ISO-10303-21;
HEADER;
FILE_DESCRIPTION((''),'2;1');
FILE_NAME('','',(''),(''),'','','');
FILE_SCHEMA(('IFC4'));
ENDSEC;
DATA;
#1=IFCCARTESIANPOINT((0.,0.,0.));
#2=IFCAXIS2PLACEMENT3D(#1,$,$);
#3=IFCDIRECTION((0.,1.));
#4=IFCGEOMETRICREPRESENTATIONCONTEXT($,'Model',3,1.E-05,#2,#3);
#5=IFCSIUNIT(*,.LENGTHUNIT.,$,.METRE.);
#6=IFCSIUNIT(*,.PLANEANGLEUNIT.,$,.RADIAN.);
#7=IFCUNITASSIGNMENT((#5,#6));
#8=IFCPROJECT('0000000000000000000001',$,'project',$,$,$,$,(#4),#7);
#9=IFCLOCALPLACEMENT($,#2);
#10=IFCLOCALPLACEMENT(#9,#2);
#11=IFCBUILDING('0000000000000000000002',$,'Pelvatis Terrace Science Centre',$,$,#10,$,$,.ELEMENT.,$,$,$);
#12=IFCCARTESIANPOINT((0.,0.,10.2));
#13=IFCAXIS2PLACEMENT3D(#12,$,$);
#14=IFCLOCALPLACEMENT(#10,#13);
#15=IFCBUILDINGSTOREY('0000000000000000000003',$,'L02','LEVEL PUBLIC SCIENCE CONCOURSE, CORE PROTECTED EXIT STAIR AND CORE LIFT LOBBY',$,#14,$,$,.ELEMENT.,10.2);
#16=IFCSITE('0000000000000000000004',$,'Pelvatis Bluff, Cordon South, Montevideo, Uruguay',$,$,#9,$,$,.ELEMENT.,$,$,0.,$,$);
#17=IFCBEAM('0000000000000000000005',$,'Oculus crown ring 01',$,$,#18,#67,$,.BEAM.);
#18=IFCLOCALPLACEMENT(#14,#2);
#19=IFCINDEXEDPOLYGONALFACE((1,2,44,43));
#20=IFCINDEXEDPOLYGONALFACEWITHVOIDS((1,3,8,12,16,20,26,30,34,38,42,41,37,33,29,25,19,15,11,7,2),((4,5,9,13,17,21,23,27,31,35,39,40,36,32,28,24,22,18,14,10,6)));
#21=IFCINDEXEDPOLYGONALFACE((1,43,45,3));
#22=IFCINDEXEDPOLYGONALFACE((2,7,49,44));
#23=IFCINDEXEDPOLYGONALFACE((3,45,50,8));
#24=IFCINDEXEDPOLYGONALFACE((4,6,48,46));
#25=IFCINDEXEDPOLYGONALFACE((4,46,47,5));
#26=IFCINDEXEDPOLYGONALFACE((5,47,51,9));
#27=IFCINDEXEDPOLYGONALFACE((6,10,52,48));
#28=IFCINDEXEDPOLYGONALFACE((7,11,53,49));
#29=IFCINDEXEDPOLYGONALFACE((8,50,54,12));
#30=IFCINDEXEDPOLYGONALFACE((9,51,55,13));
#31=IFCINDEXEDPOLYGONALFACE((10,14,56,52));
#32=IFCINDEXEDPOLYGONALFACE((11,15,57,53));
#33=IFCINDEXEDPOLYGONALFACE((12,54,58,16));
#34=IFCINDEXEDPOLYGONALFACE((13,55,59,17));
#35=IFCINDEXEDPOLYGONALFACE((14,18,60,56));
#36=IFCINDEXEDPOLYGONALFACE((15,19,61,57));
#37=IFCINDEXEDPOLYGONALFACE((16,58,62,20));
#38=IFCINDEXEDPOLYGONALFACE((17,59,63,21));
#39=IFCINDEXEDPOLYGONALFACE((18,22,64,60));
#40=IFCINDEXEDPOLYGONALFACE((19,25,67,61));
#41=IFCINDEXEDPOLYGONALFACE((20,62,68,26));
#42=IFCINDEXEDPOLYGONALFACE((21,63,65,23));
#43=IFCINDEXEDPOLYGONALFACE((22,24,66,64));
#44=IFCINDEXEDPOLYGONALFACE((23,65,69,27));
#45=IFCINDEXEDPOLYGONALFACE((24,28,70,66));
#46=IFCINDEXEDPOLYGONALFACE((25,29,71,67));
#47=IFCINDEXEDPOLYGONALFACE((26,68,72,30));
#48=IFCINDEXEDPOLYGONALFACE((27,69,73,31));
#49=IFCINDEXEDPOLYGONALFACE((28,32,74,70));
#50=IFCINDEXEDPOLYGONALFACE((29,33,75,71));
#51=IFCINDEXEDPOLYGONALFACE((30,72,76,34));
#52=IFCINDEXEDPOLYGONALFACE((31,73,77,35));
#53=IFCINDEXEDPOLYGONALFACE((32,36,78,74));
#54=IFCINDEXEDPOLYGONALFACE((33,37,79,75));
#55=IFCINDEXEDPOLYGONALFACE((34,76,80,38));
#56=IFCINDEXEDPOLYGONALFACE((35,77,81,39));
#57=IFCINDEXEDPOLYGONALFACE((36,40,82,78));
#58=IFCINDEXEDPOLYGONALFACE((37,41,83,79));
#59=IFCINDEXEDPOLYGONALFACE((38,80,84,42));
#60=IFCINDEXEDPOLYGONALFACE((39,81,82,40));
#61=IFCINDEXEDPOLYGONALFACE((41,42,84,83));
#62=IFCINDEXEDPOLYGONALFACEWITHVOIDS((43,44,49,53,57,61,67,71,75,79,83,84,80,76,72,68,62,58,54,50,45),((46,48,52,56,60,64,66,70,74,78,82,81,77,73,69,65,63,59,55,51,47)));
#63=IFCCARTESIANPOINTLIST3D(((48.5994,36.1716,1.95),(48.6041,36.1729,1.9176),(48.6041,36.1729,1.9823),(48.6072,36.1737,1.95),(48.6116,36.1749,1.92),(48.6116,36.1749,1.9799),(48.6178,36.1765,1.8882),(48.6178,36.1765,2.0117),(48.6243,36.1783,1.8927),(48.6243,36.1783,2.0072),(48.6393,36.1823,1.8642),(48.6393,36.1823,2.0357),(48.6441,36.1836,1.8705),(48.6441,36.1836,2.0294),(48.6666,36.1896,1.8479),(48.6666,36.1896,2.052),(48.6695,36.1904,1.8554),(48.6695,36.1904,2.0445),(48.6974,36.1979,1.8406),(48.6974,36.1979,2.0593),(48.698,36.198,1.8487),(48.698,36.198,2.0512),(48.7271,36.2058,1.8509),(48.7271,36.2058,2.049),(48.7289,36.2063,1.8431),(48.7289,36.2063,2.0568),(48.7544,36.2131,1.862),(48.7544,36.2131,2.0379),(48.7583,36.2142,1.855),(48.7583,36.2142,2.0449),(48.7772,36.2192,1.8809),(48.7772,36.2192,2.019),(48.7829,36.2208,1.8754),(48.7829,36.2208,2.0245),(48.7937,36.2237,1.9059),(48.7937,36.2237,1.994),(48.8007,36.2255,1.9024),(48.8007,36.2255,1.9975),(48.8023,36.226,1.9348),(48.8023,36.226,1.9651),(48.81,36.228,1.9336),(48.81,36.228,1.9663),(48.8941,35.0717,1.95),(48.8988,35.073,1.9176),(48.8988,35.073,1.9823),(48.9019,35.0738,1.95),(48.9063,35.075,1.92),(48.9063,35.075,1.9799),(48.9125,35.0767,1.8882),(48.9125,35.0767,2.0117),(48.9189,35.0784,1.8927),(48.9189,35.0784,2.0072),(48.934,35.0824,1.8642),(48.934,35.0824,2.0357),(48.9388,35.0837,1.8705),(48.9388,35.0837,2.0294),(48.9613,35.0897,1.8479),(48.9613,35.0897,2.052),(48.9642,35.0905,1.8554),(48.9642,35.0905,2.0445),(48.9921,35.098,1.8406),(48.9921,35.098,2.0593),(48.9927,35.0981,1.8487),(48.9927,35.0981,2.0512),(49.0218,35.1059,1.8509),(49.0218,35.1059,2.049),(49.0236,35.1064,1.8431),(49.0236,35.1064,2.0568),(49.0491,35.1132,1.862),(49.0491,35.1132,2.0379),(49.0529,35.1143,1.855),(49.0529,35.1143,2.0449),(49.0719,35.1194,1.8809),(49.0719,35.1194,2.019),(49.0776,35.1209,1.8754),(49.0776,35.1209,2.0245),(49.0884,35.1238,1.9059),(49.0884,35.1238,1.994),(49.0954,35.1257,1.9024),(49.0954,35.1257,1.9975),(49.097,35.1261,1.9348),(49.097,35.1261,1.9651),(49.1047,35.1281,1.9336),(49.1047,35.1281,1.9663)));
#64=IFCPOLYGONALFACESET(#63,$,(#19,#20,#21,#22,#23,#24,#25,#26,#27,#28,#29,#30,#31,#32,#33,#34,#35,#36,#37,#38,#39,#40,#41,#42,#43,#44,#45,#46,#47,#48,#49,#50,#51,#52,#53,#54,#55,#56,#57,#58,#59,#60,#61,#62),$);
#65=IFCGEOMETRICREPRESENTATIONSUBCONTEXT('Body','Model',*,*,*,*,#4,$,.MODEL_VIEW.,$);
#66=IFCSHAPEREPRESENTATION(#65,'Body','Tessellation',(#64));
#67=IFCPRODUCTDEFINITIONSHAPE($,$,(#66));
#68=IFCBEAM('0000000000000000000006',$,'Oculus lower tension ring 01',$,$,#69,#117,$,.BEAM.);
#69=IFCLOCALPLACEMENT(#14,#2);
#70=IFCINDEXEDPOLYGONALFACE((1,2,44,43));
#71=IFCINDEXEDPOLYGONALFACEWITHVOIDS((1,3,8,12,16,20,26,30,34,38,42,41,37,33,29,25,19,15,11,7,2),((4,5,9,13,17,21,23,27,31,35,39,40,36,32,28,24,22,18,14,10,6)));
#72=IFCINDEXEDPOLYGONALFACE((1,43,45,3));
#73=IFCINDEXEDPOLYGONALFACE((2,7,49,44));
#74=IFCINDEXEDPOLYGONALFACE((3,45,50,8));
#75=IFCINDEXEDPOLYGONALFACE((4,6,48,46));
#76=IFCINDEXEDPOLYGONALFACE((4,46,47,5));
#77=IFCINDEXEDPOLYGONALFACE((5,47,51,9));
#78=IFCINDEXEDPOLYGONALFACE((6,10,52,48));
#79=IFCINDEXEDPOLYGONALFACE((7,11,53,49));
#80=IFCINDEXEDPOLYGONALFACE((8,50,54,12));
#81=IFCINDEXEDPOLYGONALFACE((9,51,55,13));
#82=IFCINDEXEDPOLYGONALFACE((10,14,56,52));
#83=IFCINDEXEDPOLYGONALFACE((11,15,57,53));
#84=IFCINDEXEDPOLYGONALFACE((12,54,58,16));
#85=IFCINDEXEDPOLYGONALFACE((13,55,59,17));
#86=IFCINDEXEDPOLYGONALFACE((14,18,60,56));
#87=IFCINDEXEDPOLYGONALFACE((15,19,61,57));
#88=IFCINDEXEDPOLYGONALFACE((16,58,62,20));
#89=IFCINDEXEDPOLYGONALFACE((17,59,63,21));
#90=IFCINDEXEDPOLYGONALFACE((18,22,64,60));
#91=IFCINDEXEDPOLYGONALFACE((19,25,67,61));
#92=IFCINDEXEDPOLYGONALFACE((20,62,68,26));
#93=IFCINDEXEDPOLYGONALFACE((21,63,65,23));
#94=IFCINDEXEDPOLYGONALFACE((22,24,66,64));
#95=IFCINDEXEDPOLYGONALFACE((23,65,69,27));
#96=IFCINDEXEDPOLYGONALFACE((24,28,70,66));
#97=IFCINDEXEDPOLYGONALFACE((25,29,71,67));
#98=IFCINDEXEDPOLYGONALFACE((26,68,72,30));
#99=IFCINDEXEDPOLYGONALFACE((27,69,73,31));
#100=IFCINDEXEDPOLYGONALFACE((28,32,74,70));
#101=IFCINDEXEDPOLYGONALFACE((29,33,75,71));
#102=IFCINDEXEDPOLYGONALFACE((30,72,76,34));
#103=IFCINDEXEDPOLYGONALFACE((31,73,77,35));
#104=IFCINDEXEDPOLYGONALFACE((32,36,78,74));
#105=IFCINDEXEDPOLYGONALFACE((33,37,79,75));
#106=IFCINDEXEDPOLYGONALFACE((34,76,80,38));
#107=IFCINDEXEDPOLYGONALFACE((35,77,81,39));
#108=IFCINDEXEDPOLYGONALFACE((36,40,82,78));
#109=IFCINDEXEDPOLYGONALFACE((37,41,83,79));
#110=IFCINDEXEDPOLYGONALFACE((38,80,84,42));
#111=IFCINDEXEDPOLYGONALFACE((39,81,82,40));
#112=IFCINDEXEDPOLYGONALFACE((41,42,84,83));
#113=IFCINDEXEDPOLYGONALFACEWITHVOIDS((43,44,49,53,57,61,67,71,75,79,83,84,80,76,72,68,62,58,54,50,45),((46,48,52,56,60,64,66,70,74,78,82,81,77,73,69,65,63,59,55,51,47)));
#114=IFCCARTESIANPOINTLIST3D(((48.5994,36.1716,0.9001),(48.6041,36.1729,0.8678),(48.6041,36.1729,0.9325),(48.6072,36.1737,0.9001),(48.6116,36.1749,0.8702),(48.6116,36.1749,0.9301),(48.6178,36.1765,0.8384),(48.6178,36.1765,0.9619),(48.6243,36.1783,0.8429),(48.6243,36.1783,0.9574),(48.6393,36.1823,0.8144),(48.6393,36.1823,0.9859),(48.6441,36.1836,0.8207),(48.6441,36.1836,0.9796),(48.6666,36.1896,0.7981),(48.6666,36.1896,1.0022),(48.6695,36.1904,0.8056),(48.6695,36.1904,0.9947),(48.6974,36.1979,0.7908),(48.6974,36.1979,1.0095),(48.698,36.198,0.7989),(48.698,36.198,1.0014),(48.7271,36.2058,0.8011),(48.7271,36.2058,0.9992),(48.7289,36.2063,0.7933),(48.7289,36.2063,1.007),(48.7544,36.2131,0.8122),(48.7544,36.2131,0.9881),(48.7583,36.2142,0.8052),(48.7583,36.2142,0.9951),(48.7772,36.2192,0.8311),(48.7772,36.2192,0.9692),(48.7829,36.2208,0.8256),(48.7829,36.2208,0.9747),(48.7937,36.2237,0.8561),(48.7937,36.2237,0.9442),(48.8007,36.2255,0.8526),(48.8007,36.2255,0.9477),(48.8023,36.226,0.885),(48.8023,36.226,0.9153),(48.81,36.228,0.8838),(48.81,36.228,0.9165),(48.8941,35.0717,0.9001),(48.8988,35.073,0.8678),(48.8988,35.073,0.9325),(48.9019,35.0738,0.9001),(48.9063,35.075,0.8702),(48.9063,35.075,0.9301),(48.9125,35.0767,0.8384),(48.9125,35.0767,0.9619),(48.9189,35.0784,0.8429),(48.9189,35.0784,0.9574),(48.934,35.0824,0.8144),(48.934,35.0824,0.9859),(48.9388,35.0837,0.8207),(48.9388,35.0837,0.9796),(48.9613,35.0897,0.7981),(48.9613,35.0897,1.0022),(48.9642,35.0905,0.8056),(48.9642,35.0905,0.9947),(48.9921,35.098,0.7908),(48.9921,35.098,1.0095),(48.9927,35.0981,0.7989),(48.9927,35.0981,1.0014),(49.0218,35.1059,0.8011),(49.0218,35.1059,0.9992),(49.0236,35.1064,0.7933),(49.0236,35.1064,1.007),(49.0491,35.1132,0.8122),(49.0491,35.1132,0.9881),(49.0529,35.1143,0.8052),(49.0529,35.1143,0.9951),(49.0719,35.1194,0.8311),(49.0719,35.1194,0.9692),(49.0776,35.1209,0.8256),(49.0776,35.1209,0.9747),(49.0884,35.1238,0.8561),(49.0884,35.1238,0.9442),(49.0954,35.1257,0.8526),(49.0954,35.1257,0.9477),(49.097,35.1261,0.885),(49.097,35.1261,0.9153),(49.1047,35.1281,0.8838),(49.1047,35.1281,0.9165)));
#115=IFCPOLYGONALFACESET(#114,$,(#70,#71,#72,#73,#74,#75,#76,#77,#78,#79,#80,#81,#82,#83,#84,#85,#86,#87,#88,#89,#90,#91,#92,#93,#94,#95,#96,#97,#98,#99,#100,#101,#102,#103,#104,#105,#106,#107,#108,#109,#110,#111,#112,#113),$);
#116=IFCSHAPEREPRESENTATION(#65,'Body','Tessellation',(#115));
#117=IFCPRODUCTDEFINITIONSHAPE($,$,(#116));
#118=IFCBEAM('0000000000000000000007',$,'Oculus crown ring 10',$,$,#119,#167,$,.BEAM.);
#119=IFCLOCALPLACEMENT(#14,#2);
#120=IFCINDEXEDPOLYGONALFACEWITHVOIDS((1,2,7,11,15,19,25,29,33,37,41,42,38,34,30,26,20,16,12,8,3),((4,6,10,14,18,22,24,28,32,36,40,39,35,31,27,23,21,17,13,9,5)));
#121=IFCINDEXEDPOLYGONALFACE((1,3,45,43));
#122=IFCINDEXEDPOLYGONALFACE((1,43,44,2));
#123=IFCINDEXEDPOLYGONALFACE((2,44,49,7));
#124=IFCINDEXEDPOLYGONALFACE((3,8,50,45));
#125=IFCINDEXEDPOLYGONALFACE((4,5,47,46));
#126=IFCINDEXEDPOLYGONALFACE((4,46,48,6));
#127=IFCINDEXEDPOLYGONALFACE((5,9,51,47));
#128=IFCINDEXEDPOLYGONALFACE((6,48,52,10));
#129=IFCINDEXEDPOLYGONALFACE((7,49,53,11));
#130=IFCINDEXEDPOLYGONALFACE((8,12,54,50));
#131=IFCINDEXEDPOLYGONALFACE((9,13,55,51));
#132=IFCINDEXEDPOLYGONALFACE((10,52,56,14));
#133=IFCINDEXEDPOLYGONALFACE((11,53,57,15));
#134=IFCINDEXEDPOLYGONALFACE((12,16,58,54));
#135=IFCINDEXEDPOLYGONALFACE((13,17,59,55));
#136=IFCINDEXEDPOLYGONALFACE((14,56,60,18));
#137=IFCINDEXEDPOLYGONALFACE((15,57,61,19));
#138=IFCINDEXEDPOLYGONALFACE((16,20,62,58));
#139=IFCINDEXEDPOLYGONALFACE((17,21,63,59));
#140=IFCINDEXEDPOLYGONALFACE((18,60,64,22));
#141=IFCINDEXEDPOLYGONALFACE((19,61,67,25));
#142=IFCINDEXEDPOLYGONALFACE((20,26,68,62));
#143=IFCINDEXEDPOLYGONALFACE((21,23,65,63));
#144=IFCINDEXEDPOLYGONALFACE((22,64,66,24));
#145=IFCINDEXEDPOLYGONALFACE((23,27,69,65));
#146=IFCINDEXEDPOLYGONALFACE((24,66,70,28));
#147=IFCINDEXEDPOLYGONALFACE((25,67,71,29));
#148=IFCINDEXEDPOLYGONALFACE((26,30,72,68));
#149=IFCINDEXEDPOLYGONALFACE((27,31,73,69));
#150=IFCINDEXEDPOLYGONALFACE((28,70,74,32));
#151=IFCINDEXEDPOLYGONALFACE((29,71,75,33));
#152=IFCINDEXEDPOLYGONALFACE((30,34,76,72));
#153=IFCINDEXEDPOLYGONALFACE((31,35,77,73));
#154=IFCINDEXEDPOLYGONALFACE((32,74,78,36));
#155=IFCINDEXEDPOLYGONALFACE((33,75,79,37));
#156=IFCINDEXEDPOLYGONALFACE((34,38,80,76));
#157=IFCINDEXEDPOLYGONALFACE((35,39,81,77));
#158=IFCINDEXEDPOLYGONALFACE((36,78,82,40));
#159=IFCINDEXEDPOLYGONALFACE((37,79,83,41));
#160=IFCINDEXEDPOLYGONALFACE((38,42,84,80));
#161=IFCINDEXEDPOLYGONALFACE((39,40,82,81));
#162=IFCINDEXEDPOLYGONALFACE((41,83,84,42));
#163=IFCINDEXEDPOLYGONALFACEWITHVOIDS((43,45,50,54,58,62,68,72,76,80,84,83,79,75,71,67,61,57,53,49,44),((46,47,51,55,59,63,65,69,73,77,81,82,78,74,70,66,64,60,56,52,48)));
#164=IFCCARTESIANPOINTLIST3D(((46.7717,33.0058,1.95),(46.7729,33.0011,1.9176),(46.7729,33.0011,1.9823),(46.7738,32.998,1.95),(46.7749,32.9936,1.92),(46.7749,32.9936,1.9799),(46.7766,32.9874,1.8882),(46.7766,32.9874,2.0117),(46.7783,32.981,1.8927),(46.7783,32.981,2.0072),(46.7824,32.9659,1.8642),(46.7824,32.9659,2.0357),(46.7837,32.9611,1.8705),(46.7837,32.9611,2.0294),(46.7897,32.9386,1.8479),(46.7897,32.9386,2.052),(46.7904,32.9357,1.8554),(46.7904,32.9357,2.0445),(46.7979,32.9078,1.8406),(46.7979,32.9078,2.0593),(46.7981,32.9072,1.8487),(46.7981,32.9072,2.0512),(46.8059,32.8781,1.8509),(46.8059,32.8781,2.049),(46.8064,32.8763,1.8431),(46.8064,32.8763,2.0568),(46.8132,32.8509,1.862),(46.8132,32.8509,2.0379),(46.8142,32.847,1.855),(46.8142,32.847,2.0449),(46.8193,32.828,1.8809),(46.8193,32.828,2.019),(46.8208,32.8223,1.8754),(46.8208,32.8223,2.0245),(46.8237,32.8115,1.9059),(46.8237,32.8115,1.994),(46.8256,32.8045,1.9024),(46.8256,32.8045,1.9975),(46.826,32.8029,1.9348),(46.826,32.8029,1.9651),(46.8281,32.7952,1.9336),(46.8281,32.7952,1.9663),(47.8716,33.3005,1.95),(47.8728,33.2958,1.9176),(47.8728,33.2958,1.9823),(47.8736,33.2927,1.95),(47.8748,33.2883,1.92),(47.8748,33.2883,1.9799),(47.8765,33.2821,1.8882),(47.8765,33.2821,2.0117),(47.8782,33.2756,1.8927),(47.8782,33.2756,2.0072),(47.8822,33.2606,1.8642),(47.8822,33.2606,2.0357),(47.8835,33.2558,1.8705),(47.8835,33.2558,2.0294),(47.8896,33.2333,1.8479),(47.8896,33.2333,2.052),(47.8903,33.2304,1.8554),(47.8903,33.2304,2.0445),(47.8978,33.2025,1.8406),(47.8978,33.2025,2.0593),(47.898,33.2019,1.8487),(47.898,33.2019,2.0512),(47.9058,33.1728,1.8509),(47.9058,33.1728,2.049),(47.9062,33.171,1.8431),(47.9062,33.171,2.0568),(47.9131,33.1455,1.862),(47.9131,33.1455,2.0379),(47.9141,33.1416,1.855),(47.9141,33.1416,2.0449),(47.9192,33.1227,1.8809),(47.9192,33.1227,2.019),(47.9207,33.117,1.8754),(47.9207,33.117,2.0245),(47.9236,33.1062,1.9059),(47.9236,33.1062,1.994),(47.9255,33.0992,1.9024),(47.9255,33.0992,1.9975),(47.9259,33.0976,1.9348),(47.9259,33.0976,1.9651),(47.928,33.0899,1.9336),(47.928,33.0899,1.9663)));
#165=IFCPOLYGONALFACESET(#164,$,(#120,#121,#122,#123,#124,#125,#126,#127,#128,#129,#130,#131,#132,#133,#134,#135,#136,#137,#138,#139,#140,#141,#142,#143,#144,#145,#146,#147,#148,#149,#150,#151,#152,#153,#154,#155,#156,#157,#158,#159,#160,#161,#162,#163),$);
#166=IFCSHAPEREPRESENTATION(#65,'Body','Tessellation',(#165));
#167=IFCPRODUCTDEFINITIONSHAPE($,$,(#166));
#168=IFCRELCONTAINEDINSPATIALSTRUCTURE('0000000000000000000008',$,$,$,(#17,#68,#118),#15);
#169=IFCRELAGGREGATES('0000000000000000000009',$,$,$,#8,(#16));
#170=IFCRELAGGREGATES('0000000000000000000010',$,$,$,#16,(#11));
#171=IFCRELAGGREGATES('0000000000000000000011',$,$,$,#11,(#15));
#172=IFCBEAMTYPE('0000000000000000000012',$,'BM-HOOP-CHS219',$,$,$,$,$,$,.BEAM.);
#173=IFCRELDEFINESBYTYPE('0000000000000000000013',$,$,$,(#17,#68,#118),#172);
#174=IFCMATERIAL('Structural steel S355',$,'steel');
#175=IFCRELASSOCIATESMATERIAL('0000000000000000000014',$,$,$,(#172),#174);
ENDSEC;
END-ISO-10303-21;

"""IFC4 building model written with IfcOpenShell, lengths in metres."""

from ifc_helpers import new_model, si_unit, direction, frame, origin, origin_2d, place, context, subcontext, project, spatial, hollow_circle, extrude, material, material_profile, profile_set, type_object, element, save


model = new_model("IFC4")

# Units and contexts
model_context = context("Model", 3, precision=1e-05, world=origin(), true_north=direction((0.0, 1.0)))
body_context = subcontext(model_context, "Body", "Model", "MODEL_VIEW")
ifc_project = project(units=[si_unit("LENGTHUNIT", "METRE"), si_unit("PLANEANGLEUNIT", "RADIAN")], contexts=[model_context])

# Site, building, storey
site_placement = place(None, origin())
site = spatial("IfcSite", under=ifc_project, at=site_placement, Name="Pelvatis Bluff, Cordon South, Montevideo, Uruguay", CompositionType="ELEMENT", RefElevation=0.0)
building_placement = place(site_placement, origin())
building = spatial("IfcBuilding", under=site, at=building_placement, Name="Pelvatis Terrace Science Centre", CompositionType="ELEMENT")
storey_placement = place(building_placement, frame((0.0, 0.0, 10.2)))
storey = spatial("IfcBuildingStorey", under=building, at=storey_placement, Name="L02", Description="LEVEL PUBLIC SCIENCE CONCOURSE, CORE PROTECTED EXIT STAIR AND CORE LIFT LOBBY", CompositionType="ELEMENT", Elevation=10.2)

# Beams
ifc_material_1 = material(Name="Structural steel S355", Category="steel")
ifc_material_profile_1 = material_profile(ifc_material_1, hollow_circle(Radius=0.1096, WallThickness=0.0081, at=origin_2d()), Name="CHS 219.1x8.0")
ifc_profile_set_1 = profile_set([ifc_material_profile_1], Name="Structural steel S355")
beam_type_1 = type_object("IfcBeamType", Name="BM-HOOP-CHS219", PredefinedType="BEAM", material=ifc_profile_set_1)
for number, where, z_axis, x_axis, name in (
    (1, (49.0, 35.1001, 1.95), (-0.258797, 0.965932, 0.0), (-0.965932, -0.258797, 0.0), "Oculus crown ring 01"),
    (2, (49.0, 35.1001, 0.9001), (-0.258797, 0.965932, 0.0), (-0.965932, -0.258797, 0.0), "Oculus lower tension ring 01"),
    (3, (46.8, 32.8999, 1.95), (0.965932, 0.258797, 0.0), (-0.258797, 0.965932, 0.0), "Oculus crown ring 10"),
):
    element("IfcBeam", number, at=place(storey_placement, frame(where, z_axis=z_axis, x_axis=x_axis)), inside=storey, type_object=beam_type_1, Name=name, PredefinedType="BEAM", context=body_context, shape_type="SweptSolid", body=[
        extrude(hollow_circle(Radius=0.1096, WallThickness=0.0081, at=origin_2d()), origin(), (0.0, 0.0, 1.0), 1.1387),
    ])

save(model, "model.ifc")
